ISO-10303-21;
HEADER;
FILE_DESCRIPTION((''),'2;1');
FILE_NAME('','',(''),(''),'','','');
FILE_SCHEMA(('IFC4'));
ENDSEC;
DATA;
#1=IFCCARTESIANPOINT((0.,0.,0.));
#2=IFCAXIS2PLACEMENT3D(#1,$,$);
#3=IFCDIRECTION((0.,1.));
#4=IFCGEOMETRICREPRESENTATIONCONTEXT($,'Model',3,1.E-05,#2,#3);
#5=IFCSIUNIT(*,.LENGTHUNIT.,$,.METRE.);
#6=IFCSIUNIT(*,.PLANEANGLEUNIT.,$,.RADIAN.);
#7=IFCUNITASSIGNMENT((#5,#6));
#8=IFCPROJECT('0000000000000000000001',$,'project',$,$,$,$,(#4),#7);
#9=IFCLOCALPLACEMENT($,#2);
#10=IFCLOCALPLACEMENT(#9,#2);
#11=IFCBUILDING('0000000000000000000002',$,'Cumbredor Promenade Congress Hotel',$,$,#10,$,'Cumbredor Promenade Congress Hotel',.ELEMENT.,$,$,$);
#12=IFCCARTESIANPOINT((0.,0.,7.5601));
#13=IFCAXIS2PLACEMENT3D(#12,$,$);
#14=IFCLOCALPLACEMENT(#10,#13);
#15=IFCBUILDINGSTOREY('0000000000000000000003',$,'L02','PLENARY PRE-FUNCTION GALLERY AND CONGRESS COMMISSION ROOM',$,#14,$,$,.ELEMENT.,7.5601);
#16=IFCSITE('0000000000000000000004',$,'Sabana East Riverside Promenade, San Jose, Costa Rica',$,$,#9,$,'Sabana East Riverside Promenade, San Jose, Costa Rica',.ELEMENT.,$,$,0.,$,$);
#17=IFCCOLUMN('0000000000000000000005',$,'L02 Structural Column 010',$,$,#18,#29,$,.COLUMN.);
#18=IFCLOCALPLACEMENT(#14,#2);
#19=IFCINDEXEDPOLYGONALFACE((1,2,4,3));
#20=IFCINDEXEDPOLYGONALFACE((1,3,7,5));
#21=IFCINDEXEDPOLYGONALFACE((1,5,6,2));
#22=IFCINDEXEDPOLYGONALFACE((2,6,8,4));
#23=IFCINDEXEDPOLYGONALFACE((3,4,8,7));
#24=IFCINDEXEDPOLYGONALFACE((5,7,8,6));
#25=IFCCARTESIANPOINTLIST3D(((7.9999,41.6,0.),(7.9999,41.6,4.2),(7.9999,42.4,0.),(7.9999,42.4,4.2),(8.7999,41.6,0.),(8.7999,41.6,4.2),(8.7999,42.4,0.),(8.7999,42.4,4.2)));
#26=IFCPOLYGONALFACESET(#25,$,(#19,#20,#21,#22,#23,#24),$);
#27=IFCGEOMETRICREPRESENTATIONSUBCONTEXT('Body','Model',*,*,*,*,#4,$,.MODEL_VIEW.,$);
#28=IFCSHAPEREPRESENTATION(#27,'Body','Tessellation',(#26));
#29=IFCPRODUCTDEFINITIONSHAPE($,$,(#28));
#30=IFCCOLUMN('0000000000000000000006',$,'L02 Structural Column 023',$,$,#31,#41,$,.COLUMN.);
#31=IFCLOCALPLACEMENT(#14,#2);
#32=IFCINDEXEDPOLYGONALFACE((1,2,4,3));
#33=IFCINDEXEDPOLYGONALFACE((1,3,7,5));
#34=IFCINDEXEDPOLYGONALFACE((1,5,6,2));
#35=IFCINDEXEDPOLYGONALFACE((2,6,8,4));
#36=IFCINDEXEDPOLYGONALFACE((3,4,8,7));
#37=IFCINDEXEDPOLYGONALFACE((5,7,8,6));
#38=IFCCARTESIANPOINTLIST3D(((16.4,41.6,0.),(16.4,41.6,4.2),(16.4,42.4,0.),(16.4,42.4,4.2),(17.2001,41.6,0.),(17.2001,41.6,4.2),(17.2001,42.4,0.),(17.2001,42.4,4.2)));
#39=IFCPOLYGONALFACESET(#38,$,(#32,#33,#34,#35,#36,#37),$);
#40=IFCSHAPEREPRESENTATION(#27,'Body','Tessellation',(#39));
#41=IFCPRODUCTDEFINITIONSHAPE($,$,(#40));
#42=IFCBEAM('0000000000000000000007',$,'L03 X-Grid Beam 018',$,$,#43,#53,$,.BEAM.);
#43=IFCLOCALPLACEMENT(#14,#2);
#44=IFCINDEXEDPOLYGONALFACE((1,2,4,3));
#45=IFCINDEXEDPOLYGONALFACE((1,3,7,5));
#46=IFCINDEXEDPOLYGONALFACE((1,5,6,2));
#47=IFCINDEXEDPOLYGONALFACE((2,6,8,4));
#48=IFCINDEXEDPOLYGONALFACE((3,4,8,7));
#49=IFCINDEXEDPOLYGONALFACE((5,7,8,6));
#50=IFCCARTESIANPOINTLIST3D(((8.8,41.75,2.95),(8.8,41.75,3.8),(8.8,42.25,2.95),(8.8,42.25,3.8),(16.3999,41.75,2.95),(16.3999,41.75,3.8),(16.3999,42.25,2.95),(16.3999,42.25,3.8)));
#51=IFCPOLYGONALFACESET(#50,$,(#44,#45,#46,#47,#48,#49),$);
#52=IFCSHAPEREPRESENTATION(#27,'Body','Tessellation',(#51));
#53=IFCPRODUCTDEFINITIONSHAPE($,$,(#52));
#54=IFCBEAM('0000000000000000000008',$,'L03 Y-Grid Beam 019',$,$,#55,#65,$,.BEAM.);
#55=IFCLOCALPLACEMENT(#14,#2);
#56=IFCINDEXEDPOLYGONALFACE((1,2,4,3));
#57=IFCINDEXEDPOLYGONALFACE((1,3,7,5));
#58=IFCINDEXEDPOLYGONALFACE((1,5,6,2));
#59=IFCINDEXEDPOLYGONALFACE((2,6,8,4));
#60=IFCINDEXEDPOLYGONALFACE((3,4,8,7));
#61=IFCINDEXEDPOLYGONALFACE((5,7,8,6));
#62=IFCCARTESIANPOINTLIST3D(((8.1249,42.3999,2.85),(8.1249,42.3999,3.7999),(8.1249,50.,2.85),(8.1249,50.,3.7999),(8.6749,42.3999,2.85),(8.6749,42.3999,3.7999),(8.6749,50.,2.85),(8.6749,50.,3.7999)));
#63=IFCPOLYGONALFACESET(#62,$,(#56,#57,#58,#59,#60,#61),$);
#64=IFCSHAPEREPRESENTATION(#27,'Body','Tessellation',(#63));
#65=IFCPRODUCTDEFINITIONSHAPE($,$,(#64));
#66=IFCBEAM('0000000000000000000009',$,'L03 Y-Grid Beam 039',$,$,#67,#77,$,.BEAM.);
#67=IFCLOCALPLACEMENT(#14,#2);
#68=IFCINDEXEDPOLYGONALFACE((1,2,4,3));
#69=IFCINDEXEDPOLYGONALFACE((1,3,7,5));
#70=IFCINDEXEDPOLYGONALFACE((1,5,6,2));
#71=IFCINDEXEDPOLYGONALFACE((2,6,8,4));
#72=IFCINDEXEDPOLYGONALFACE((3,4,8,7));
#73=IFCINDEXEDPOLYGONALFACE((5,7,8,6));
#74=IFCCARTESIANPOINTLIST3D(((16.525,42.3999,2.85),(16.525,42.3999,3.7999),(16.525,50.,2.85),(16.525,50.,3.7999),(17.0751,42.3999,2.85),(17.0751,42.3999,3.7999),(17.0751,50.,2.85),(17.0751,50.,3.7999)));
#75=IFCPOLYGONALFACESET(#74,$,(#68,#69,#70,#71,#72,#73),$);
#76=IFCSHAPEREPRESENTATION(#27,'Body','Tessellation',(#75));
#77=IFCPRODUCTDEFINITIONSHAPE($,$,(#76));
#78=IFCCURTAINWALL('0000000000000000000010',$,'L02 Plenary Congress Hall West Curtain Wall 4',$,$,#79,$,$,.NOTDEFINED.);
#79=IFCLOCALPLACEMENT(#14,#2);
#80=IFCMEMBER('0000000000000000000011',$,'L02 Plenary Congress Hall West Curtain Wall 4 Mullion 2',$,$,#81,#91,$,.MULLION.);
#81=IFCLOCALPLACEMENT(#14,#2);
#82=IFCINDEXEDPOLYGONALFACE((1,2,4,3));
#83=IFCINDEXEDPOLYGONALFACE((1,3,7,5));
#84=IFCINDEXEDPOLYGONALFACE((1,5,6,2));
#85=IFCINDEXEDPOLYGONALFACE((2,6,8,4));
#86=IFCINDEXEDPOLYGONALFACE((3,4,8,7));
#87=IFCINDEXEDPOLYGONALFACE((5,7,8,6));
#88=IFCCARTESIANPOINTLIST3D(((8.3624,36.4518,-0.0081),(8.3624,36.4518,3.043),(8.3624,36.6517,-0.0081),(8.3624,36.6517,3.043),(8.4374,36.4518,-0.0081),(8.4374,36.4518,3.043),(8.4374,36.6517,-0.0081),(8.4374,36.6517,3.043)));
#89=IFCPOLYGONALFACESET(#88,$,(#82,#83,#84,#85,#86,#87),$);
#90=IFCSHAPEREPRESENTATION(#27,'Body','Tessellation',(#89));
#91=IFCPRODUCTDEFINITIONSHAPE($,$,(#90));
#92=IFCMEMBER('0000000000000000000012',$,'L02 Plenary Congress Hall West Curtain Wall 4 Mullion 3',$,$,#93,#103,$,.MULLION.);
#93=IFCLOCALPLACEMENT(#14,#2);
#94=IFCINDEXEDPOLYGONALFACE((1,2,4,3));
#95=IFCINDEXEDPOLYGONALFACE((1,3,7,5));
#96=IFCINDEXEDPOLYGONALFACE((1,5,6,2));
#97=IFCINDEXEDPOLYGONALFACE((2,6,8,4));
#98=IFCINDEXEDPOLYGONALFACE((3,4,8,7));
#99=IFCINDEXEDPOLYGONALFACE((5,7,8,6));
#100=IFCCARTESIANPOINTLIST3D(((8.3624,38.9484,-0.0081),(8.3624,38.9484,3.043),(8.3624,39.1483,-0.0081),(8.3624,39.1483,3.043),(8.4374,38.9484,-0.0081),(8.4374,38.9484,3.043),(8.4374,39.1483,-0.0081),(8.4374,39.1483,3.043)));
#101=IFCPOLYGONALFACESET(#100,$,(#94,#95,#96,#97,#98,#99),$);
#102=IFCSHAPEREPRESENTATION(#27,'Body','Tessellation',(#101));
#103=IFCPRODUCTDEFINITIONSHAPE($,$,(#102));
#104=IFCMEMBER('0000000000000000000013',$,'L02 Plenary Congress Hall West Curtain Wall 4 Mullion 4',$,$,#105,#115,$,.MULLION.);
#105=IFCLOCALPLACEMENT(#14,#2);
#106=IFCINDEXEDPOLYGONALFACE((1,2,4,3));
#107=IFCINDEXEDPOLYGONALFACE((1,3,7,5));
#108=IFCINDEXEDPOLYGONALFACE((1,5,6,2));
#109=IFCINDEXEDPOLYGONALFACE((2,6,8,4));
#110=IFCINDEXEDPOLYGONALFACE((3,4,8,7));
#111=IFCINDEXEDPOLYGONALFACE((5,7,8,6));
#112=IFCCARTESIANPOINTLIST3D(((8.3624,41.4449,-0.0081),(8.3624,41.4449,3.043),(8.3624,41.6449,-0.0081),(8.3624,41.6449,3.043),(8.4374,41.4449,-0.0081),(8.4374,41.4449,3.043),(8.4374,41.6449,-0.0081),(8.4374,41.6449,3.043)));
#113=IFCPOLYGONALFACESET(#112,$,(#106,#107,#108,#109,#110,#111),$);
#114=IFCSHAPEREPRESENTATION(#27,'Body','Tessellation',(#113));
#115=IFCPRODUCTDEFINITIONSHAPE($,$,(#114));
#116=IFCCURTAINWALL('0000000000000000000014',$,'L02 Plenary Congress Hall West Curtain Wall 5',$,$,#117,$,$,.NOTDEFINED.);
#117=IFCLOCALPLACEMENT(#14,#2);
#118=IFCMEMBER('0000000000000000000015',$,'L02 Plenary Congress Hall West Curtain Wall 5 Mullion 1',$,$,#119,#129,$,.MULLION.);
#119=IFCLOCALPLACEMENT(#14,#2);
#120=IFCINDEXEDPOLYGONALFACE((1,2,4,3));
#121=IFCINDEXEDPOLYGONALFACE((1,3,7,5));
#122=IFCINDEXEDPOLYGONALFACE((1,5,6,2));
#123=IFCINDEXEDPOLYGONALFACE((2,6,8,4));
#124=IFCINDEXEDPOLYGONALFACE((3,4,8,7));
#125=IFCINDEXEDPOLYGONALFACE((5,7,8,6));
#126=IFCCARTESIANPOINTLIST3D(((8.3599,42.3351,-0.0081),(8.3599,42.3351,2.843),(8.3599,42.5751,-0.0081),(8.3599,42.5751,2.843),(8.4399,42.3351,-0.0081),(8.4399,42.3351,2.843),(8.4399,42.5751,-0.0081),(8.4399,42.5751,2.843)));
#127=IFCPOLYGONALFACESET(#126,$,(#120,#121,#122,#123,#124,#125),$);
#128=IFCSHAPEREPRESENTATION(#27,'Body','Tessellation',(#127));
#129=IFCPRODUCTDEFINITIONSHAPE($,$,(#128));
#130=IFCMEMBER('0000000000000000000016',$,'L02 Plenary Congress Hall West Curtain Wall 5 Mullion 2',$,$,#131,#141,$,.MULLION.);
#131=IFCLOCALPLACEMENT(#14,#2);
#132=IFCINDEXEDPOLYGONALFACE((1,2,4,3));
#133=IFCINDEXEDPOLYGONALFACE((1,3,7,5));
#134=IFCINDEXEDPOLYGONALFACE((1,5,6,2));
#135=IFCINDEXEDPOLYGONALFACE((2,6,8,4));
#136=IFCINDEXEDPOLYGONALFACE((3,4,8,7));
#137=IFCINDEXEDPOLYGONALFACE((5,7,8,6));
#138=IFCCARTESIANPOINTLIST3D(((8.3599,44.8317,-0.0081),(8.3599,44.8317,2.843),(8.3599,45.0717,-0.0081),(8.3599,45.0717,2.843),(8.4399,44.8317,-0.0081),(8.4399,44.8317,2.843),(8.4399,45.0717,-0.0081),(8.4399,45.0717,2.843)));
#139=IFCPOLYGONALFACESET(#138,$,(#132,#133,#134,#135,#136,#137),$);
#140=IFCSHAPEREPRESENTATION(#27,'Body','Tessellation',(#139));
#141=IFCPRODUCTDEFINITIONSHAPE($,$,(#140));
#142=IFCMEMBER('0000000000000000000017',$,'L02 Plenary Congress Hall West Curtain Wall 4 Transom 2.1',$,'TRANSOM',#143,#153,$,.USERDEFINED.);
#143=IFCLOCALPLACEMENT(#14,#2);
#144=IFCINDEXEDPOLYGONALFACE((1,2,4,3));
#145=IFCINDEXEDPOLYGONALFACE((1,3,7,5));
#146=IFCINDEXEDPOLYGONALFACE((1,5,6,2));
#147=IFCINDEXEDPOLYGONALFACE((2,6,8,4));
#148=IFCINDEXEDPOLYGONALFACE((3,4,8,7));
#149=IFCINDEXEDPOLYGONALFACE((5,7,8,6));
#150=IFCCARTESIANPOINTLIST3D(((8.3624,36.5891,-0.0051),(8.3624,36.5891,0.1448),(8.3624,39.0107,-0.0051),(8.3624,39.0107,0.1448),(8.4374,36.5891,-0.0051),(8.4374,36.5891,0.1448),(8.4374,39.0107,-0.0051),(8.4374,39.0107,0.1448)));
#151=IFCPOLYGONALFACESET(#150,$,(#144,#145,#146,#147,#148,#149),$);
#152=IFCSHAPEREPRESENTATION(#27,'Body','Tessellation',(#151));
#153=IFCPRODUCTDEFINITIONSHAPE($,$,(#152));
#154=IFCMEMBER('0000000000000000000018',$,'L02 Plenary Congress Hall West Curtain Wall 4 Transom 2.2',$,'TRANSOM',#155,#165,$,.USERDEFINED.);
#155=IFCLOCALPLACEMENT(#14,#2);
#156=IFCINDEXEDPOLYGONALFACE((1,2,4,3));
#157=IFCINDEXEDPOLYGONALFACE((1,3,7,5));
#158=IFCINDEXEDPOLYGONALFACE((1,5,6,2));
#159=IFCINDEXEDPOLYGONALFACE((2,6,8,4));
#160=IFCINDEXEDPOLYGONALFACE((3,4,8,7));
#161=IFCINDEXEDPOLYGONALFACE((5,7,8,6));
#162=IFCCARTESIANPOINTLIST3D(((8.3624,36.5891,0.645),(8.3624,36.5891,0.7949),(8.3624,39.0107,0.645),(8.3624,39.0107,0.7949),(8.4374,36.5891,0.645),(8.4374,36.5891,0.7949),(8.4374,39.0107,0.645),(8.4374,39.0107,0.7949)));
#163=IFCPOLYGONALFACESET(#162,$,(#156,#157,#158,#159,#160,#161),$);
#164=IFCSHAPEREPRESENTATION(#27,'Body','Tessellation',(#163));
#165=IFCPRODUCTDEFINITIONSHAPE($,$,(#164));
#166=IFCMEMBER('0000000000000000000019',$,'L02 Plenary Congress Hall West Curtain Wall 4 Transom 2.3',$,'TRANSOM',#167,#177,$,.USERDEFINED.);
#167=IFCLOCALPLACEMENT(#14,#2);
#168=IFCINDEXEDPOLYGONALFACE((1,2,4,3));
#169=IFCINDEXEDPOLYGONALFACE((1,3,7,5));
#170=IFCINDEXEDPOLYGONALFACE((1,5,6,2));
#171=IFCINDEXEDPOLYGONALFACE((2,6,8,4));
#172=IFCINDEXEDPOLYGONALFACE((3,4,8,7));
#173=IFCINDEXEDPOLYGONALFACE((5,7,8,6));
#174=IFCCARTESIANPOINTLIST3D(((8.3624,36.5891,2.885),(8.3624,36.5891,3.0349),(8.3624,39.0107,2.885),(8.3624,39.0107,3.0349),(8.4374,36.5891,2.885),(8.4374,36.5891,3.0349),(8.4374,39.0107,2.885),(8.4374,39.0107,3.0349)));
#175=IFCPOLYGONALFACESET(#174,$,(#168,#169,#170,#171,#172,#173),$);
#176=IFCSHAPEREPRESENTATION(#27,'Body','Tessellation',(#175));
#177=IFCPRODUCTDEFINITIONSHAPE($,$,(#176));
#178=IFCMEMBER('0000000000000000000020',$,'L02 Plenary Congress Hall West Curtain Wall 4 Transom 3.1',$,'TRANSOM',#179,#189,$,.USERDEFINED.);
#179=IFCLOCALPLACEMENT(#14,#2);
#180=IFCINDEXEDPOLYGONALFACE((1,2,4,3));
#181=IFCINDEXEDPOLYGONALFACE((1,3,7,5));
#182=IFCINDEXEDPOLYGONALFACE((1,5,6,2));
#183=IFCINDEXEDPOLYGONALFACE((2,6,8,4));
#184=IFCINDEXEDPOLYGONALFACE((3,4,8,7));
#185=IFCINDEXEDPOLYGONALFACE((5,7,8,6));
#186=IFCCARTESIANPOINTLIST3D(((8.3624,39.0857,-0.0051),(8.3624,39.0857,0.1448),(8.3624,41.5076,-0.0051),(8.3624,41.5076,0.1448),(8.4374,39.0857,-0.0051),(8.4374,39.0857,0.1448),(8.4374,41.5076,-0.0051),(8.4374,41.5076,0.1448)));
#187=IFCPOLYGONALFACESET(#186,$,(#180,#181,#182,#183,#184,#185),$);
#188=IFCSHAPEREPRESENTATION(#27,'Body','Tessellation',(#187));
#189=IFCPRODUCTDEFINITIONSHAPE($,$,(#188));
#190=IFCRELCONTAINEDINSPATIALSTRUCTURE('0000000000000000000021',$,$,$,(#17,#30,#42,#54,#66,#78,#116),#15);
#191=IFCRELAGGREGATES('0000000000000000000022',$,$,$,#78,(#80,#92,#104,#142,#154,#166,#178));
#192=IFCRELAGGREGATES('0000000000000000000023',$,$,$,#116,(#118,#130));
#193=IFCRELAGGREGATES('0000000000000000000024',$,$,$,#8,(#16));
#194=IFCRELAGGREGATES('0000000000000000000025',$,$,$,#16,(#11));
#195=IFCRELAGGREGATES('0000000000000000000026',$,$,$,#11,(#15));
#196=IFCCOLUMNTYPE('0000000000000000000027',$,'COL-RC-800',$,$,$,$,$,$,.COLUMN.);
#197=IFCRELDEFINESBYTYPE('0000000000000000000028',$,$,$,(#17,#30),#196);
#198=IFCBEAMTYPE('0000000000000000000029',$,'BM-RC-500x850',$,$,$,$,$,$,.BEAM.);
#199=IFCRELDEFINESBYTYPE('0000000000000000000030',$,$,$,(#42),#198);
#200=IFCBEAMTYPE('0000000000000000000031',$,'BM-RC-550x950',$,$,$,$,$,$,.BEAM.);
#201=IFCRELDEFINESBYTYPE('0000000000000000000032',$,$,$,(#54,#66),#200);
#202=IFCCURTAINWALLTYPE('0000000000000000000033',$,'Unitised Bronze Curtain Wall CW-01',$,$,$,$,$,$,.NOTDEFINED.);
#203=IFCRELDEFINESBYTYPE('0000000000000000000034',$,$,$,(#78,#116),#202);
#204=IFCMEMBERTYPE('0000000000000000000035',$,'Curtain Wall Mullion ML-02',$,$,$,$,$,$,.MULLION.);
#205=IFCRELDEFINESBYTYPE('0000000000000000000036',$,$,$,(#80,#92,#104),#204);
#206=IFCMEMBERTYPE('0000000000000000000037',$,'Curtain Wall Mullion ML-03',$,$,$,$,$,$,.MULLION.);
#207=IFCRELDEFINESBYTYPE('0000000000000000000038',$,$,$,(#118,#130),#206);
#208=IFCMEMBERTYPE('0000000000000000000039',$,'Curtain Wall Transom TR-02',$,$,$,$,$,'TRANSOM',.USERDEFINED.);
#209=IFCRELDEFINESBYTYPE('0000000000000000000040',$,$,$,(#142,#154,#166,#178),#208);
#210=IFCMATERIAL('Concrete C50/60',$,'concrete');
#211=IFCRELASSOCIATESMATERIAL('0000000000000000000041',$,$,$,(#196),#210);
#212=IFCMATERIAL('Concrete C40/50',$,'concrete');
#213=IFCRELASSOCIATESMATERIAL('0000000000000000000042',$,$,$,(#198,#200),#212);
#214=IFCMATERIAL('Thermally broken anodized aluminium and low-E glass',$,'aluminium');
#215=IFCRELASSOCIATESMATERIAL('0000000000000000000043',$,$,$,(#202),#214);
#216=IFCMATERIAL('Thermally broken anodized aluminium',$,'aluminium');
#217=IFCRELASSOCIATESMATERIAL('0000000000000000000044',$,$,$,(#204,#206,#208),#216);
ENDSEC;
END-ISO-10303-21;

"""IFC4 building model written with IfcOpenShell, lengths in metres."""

from ifc_helpers import new_model, si_unit, direction, frame, origin, origin_2d, place, context, subcontext, project, spatial, rectangle, extrude, material, material_profile, profile_set, type_object, element, aggregate, save


model = new_model("IFC4")

# Units and contexts
model_context = context("Model", 3, precision=1e-05, world=origin(), true_north=direction((0.0, 1.0)))
body_context = subcontext(model_context, "Body", "Model", "MODEL_VIEW")
ifc_project = project(units=[si_unit("LENGTHUNIT", "METRE"), si_unit("PLANEANGLEUNIT", "RADIAN")], contexts=[model_context])

# Site, building, storey
site_placement = place(None, origin())
site = spatial("IfcSite", under=ifc_project, at=site_placement, Name="Sabana East Riverside Promenade, San Jose, Costa Rica", LongName="Sabana East Riverside Promenade, San Jose, Costa Rica", CompositionType="ELEMENT", RefElevation=0.0)
building_placement = place(site_placement, origin())
building = spatial("IfcBuilding", under=site, at=building_placement, Name="Cumbredor Promenade Congress Hotel", LongName="Cumbredor Promenade Congress Hotel", CompositionType="ELEMENT")
storey_placement = place(building_placement, frame((0.0, 0.0, 7.5601)))
storey = spatial("IfcBuildingStorey", under=building, at=storey_placement, Name="L02", Description="PLENARY PRE-FUNCTION GALLERY AND CONGRESS COMMISSION ROOM", CompositionType="ELEMENT", Elevation=7.5601)

# Columns
ifc_material_1 = material(Name="Concrete C50/60", Category="concrete")
ifc_material_profile_1 = material_profile(ifc_material_1, rectangle(XDim=0.8, YDim=0.8, at=origin_2d()), Name="RC 800x800")
ifc_profile_set_1 = profile_set([ifc_material_profile_1], Name="Concrete C50/60")
column_type = type_object("IfcColumnType", Name="COL-RC-800", PredefinedType="COLUMN", material=ifc_profile_set_1)
for number, where, z_axis, x_axis, name in (
    (1, (8.3999, 42.0, 0.0), (0.0, 0.0, 1.0), (1.0, 0.0, 0.0), "L02 Structural Column 010"),
    (2, (16.8, 42.0, 0.0), (0.0, 0.0, 1.0), (1.0, 0.0, 0.0), "L02 Structural Column 023"),
):
    element("IfcColumn", number, at=place(storey_placement, frame(where, z_axis=z_axis, x_axis=x_axis)), inside=storey, type_object=column_type, Name=name, PredefinedType="COLUMN", context=body_context, shape_type="SweptSolid", body=[
        extrude(rectangle(XDim=0.8, YDim=0.8, at=origin_2d()), origin(), (0.0, 0.0, 1.0), 4.2),
    ])

# Beams
ifc_material_2 = material(Name="Concrete C40/50", Category="concrete")
ifc_material_profile_2 = material_profile(ifc_material_2, rectangle(XDim=0.5, YDim=0.8501, at=origin_2d()), Name="RC BEAM 500x850")
ifc_profile_set_2 = profile_set([ifc_material_profile_2], Name="Concrete C40/50")
beam_type_1 = type_object("IfcBeamType", Name="BM-RC-500x850", PredefinedType="BEAM", material=ifc_profile_set_2)
beam_placement = place(storey_placement, frame((8.8, 42.0, 3.375), z_axis=(1.0, 0.0, 0.0), x_axis=(0.0, 1.0, 0.0)))
element("IfcBeam", 3, at=beam_placement, inside=storey, type_object=beam_type_1, Name="L03 X-Grid Beam 018", PredefinedType="BEAM", context=body_context, shape_type="SweptSolid", body=[
    extrude(rectangle(XDim=0.5, YDim=0.8501, at=origin_2d()), origin(), (0.0, 0.0, 1.0), 7.5999),
])
ifc_material_profile_3 = material_profile(ifc_material_2, rectangle(XDim=0.55, YDim=0.95, at=origin_2d()), Name="RC BEAM 550x950")
ifc_profile_set_3 = profile_set([ifc_material_profile_3], Name="Concrete C40/50")
beam_type_2 = type_object("IfcBeamType", Name="BM-RC-550x950", PredefinedType="BEAM", material=ifc_profile_set_3)
for number, where, z_axis, x_axis, name in (
    (4, (8.3999, 42.3999, 3.325), (0.0, 1.0, 0.0), (-1.0, 0.0, 0.0), "L03 Y-Grid Beam 019"),
    (5, (16.8, 42.3999, 3.325), (0.0, 1.0, 0.0), (-1.0, 0.0, 0.0), "L03 Y-Grid Beam 039"),
):
    element("IfcBeam", number, at=place(storey_placement, frame(where, z_axis=z_axis, x_axis=x_axis)), inside=storey, type_object=beam_type_2, Name=name, PredefinedType="BEAM", context=body_context, shape_type="SweptSolid", body=[
        extrude(rectangle(XDim=0.55, YDim=0.95, at=origin_2d()), origin(), (0.0, 0.0, 1.0), 7.6001),
    ])

# Curtain walls, members
ifc_material_3 = material(Name="Thermally broken anodized aluminium and low-E glass", Category="aluminium")
curtain_wall_type = type_object("IfcCurtainWallType", Name="Unitised Bronze Curtain Wall CW-01", PredefinedType="NOTDEFINED", material=ifc_material_3)
curtain_wall_1_placement = place(storey_placement, origin())
curtain_wall_1 = element("IfcCurtainWall", 6, at=curtain_wall_1_placement, inside=storey, type_object=curtain_wall_type, Name="L02 Plenary Congress Hall West Curtain Wall 4", PredefinedType="NOTDEFINED")
ifc_material_4 = material(Name="Thermally broken anodized aluminium", Category="aluminium")
ifc_material_profile_4 = material_profile(ifc_material_4, rectangle(XDim=0.075, YDim=0.2, at=origin_2d()), Name="ALU MULLION 75x200")
ifc_profile_set_4 = profile_set([ifc_material_profile_4], Name="Thermally broken anodized aluminium")
member_type_1 = type_object("IfcMemberType", Name="Curtain Wall Mullion ML-02", PredefinedType="MULLION", material=ifc_profile_set_4)
member_1_placement = place(storey_placement, frame((8.3999, 36.5518, -0.0081), z_axis=(0.0, 0.0, 1.0), x_axis=(1.0, 0.0, 0.0)))
member_1 = element("IfcMember", 7, at=member_1_placement, type_object=member_type_1, Name="L02 Plenary Congress Hall West Curtain Wall 4 Mullion 2", PredefinedType="MULLION", context=body_context, shape_type="SweptSolid", body=[
    extrude(rectangle(XDim=0.075, YDim=0.2, at=origin_2d()), origin(), (0.0, 0.0, 1.0), 3.051),
])
member_2_placement = place(storey_placement, frame((8.3999, 39.0483, -0.0081), z_axis=(0.0, 0.0, 1.0), x_axis=(1.0, 0.0, 0.0)))
member_2 = element("IfcMember", 8, at=member_2_placement, type_object=member_type_1, Name="L02 Plenary Congress Hall West Curtain Wall 4 Mullion 3", PredefinedType="MULLION", context=body_context, shape_type="SweptSolid", body=[
    extrude(rectangle(XDim=0.075, YDim=0.2, at=origin_2d()), origin(), (0.0, 0.0, 1.0), 3.051),
])
member_3_placement = place(storey_placement, frame((8.3999, 41.5449, -0.0081), z_axis=(0.0, 0.0, 1.0), x_axis=(1.0, 0.0, 0.0)))
member_3 = element("IfcMember", 9, at=member_3_placement, type_object=member_type_1, Name="L02 Plenary Congress Hall West Curtain Wall 4 Mullion 4", PredefinedType="MULLION", context=body_context, shape_type="SweptSolid", body=[
    extrude(rectangle(XDim=0.075, YDim=0.2, at=origin_2d()), origin(), (0.0, 0.0, 1.0), 3.051),
])
curtain_wall_2_placement = place(storey_placement, origin())
curtain_wall_2 = element("IfcCurtainWall", 10, at=curtain_wall_2_placement, inside=storey, type_object=curtain_wall_type, Name="L02 Plenary Congress Hall West Curtain Wall 5", PredefinedType="NOTDEFINED")
ifc_material_profile_5 = material_profile(ifc_material_4, rectangle(XDim=0.0801, YDim=0.24, at=origin_2d()), Name="ALU MULLION 80x240")
ifc_profile_set_5 = profile_set([ifc_material_profile_5], Name="Thermally broken anodized aluminium")
member_type_2 = type_object("IfcMemberType", Name="Curtain Wall Mullion ML-03", PredefinedType="MULLION", material=ifc_profile_set_5)
member_4_placement = place(storey_placement, frame((8.3999, 42.4551, -0.0081), z_axis=(0.0, 0.0, 1.0), x_axis=(1.0, 0.0, 0.0)))
member_4 = element("IfcMember", 11, at=member_4_placement, type_object=member_type_2, Name="L02 Plenary Congress Hall West Curtain Wall 5 Mullion 1", PredefinedType="MULLION", context=body_context, shape_type="SweptSolid", body=[
    extrude(rectangle(XDim=0.0801, YDim=0.24, at=origin_2d()), origin(), (0.0, 0.0, 1.0), 2.8511),
])
member_5_placement = place(storey_placement, frame((8.3999, 44.9517, -0.0081), z_axis=(0.0, 0.0, 1.0), x_axis=(1.0, 0.0, 0.0)))
member_5 = element("IfcMember", 12, at=member_5_placement, type_object=member_type_2, Name="L02 Plenary Congress Hall West Curtain Wall 5 Mullion 2", PredefinedType="MULLION", context=body_context, shape_type="SweptSolid", body=[
    extrude(rectangle(XDim=0.0801, YDim=0.24, at=origin_2d()), origin(), (0.0, 0.0, 1.0), 2.8511),
])

# Members
ifc_material_profile_6 = material_profile(ifc_material_4, rectangle(XDim=0.075, YDim=0.1499, at=origin_2d()), Name="ALU TRANSOM 75x150")
ifc_profile_set_6 = profile_set([ifc_material_profile_6], Name="Thermally broken anodized aluminium")
member_type_3 = type_object("IfcMemberType", Name="Curtain Wall Transom TR-02", ElementType="TRANSOM", PredefinedType="USERDEFINED", material=ifc_profile_set_6)
member_6_placement = place(storey_placement, frame((8.3999, 36.5891, 0.0698), z_axis=(0.0, 1.0, 0.0), x_axis=(-1.0, 0.0, 0.0)))
member_6 = element("IfcMember", 13, at=member_6_placement, type_object=member_type_3, Name="L02 Plenary Congress Hall West Curtain Wall 4 Transom 2.1", ObjectType="TRANSOM", PredefinedType="USERDEFINED", context=body_context, shape_type="SweptSolid", body=[
    extrude(rectangle(XDim=0.075, YDim=0.1499, at=origin_2d()), origin(), (0.0, 0.0, 1.0), 2.4216),
])
member_7_placement = place(storey_placement, frame((8.3999, 36.5891, 0.72), z_axis=(0.0, 1.0, 0.0), x_axis=(-1.0, 0.0, 0.0)))
member_7 = element("IfcMember", 14, at=member_7_placement, type_object=member_type_3, Name="L02 Plenary Congress Hall West Curtain Wall 4 Transom 2.2", ObjectType="TRANSOM", PredefinedType="USERDEFINED", context=body_context, shape_type="SweptSolid", body=[
    extrude(rectangle(XDim=0.075, YDim=0.1499, at=origin_2d()), origin(), (0.0, 0.0, 1.0), 2.4216),
])
member_8_placement = place(storey_placement, frame((8.3999, 36.5891, 2.96), z_axis=(0.0, 1.0, 0.0), x_axis=(-1.0, 0.0, 0.0)))
member_8 = element("IfcMember", 15, at=member_8_placement, type_object=member_type_3, Name="L02 Plenary Congress Hall West Curtain Wall 4 Transom 2.3", ObjectType="TRANSOM", PredefinedType="USERDEFINED", context=body_context, shape_type="SweptSolid", body=[
    extrude(rectangle(XDim=0.075, YDim=0.1499, at=origin_2d()), origin(), (0.0, 0.0, 1.0), 2.4216),
])
member_9_placement = place(storey_placement, frame((8.3999, 39.0857, 0.0698), z_axis=(0.0, 1.0, 0.0), x_axis=(-1.0, 0.0, 0.0)))
member_9 = element("IfcMember", 16, at=member_9_placement, type_object=member_type_3, Name="L02 Plenary Congress Hall West Curtain Wall 4 Transom 3.1", ObjectType="TRANSOM", PredefinedType="USERDEFINED", context=body_context, shape_type="SweptSolid", body=[
    extrude(rectangle(XDim=0.075, YDim=0.1499, at=origin_2d()), origin(), (0.0, 0.0, 1.0), 2.4219),
])

aggregate(curtain_wall_1, [member_1, member_2, member_3, member_6, member_7, member_8, member_9])
aggregate(curtain_wall_2, [member_4, member_5])

save(model, "model.ifc")
